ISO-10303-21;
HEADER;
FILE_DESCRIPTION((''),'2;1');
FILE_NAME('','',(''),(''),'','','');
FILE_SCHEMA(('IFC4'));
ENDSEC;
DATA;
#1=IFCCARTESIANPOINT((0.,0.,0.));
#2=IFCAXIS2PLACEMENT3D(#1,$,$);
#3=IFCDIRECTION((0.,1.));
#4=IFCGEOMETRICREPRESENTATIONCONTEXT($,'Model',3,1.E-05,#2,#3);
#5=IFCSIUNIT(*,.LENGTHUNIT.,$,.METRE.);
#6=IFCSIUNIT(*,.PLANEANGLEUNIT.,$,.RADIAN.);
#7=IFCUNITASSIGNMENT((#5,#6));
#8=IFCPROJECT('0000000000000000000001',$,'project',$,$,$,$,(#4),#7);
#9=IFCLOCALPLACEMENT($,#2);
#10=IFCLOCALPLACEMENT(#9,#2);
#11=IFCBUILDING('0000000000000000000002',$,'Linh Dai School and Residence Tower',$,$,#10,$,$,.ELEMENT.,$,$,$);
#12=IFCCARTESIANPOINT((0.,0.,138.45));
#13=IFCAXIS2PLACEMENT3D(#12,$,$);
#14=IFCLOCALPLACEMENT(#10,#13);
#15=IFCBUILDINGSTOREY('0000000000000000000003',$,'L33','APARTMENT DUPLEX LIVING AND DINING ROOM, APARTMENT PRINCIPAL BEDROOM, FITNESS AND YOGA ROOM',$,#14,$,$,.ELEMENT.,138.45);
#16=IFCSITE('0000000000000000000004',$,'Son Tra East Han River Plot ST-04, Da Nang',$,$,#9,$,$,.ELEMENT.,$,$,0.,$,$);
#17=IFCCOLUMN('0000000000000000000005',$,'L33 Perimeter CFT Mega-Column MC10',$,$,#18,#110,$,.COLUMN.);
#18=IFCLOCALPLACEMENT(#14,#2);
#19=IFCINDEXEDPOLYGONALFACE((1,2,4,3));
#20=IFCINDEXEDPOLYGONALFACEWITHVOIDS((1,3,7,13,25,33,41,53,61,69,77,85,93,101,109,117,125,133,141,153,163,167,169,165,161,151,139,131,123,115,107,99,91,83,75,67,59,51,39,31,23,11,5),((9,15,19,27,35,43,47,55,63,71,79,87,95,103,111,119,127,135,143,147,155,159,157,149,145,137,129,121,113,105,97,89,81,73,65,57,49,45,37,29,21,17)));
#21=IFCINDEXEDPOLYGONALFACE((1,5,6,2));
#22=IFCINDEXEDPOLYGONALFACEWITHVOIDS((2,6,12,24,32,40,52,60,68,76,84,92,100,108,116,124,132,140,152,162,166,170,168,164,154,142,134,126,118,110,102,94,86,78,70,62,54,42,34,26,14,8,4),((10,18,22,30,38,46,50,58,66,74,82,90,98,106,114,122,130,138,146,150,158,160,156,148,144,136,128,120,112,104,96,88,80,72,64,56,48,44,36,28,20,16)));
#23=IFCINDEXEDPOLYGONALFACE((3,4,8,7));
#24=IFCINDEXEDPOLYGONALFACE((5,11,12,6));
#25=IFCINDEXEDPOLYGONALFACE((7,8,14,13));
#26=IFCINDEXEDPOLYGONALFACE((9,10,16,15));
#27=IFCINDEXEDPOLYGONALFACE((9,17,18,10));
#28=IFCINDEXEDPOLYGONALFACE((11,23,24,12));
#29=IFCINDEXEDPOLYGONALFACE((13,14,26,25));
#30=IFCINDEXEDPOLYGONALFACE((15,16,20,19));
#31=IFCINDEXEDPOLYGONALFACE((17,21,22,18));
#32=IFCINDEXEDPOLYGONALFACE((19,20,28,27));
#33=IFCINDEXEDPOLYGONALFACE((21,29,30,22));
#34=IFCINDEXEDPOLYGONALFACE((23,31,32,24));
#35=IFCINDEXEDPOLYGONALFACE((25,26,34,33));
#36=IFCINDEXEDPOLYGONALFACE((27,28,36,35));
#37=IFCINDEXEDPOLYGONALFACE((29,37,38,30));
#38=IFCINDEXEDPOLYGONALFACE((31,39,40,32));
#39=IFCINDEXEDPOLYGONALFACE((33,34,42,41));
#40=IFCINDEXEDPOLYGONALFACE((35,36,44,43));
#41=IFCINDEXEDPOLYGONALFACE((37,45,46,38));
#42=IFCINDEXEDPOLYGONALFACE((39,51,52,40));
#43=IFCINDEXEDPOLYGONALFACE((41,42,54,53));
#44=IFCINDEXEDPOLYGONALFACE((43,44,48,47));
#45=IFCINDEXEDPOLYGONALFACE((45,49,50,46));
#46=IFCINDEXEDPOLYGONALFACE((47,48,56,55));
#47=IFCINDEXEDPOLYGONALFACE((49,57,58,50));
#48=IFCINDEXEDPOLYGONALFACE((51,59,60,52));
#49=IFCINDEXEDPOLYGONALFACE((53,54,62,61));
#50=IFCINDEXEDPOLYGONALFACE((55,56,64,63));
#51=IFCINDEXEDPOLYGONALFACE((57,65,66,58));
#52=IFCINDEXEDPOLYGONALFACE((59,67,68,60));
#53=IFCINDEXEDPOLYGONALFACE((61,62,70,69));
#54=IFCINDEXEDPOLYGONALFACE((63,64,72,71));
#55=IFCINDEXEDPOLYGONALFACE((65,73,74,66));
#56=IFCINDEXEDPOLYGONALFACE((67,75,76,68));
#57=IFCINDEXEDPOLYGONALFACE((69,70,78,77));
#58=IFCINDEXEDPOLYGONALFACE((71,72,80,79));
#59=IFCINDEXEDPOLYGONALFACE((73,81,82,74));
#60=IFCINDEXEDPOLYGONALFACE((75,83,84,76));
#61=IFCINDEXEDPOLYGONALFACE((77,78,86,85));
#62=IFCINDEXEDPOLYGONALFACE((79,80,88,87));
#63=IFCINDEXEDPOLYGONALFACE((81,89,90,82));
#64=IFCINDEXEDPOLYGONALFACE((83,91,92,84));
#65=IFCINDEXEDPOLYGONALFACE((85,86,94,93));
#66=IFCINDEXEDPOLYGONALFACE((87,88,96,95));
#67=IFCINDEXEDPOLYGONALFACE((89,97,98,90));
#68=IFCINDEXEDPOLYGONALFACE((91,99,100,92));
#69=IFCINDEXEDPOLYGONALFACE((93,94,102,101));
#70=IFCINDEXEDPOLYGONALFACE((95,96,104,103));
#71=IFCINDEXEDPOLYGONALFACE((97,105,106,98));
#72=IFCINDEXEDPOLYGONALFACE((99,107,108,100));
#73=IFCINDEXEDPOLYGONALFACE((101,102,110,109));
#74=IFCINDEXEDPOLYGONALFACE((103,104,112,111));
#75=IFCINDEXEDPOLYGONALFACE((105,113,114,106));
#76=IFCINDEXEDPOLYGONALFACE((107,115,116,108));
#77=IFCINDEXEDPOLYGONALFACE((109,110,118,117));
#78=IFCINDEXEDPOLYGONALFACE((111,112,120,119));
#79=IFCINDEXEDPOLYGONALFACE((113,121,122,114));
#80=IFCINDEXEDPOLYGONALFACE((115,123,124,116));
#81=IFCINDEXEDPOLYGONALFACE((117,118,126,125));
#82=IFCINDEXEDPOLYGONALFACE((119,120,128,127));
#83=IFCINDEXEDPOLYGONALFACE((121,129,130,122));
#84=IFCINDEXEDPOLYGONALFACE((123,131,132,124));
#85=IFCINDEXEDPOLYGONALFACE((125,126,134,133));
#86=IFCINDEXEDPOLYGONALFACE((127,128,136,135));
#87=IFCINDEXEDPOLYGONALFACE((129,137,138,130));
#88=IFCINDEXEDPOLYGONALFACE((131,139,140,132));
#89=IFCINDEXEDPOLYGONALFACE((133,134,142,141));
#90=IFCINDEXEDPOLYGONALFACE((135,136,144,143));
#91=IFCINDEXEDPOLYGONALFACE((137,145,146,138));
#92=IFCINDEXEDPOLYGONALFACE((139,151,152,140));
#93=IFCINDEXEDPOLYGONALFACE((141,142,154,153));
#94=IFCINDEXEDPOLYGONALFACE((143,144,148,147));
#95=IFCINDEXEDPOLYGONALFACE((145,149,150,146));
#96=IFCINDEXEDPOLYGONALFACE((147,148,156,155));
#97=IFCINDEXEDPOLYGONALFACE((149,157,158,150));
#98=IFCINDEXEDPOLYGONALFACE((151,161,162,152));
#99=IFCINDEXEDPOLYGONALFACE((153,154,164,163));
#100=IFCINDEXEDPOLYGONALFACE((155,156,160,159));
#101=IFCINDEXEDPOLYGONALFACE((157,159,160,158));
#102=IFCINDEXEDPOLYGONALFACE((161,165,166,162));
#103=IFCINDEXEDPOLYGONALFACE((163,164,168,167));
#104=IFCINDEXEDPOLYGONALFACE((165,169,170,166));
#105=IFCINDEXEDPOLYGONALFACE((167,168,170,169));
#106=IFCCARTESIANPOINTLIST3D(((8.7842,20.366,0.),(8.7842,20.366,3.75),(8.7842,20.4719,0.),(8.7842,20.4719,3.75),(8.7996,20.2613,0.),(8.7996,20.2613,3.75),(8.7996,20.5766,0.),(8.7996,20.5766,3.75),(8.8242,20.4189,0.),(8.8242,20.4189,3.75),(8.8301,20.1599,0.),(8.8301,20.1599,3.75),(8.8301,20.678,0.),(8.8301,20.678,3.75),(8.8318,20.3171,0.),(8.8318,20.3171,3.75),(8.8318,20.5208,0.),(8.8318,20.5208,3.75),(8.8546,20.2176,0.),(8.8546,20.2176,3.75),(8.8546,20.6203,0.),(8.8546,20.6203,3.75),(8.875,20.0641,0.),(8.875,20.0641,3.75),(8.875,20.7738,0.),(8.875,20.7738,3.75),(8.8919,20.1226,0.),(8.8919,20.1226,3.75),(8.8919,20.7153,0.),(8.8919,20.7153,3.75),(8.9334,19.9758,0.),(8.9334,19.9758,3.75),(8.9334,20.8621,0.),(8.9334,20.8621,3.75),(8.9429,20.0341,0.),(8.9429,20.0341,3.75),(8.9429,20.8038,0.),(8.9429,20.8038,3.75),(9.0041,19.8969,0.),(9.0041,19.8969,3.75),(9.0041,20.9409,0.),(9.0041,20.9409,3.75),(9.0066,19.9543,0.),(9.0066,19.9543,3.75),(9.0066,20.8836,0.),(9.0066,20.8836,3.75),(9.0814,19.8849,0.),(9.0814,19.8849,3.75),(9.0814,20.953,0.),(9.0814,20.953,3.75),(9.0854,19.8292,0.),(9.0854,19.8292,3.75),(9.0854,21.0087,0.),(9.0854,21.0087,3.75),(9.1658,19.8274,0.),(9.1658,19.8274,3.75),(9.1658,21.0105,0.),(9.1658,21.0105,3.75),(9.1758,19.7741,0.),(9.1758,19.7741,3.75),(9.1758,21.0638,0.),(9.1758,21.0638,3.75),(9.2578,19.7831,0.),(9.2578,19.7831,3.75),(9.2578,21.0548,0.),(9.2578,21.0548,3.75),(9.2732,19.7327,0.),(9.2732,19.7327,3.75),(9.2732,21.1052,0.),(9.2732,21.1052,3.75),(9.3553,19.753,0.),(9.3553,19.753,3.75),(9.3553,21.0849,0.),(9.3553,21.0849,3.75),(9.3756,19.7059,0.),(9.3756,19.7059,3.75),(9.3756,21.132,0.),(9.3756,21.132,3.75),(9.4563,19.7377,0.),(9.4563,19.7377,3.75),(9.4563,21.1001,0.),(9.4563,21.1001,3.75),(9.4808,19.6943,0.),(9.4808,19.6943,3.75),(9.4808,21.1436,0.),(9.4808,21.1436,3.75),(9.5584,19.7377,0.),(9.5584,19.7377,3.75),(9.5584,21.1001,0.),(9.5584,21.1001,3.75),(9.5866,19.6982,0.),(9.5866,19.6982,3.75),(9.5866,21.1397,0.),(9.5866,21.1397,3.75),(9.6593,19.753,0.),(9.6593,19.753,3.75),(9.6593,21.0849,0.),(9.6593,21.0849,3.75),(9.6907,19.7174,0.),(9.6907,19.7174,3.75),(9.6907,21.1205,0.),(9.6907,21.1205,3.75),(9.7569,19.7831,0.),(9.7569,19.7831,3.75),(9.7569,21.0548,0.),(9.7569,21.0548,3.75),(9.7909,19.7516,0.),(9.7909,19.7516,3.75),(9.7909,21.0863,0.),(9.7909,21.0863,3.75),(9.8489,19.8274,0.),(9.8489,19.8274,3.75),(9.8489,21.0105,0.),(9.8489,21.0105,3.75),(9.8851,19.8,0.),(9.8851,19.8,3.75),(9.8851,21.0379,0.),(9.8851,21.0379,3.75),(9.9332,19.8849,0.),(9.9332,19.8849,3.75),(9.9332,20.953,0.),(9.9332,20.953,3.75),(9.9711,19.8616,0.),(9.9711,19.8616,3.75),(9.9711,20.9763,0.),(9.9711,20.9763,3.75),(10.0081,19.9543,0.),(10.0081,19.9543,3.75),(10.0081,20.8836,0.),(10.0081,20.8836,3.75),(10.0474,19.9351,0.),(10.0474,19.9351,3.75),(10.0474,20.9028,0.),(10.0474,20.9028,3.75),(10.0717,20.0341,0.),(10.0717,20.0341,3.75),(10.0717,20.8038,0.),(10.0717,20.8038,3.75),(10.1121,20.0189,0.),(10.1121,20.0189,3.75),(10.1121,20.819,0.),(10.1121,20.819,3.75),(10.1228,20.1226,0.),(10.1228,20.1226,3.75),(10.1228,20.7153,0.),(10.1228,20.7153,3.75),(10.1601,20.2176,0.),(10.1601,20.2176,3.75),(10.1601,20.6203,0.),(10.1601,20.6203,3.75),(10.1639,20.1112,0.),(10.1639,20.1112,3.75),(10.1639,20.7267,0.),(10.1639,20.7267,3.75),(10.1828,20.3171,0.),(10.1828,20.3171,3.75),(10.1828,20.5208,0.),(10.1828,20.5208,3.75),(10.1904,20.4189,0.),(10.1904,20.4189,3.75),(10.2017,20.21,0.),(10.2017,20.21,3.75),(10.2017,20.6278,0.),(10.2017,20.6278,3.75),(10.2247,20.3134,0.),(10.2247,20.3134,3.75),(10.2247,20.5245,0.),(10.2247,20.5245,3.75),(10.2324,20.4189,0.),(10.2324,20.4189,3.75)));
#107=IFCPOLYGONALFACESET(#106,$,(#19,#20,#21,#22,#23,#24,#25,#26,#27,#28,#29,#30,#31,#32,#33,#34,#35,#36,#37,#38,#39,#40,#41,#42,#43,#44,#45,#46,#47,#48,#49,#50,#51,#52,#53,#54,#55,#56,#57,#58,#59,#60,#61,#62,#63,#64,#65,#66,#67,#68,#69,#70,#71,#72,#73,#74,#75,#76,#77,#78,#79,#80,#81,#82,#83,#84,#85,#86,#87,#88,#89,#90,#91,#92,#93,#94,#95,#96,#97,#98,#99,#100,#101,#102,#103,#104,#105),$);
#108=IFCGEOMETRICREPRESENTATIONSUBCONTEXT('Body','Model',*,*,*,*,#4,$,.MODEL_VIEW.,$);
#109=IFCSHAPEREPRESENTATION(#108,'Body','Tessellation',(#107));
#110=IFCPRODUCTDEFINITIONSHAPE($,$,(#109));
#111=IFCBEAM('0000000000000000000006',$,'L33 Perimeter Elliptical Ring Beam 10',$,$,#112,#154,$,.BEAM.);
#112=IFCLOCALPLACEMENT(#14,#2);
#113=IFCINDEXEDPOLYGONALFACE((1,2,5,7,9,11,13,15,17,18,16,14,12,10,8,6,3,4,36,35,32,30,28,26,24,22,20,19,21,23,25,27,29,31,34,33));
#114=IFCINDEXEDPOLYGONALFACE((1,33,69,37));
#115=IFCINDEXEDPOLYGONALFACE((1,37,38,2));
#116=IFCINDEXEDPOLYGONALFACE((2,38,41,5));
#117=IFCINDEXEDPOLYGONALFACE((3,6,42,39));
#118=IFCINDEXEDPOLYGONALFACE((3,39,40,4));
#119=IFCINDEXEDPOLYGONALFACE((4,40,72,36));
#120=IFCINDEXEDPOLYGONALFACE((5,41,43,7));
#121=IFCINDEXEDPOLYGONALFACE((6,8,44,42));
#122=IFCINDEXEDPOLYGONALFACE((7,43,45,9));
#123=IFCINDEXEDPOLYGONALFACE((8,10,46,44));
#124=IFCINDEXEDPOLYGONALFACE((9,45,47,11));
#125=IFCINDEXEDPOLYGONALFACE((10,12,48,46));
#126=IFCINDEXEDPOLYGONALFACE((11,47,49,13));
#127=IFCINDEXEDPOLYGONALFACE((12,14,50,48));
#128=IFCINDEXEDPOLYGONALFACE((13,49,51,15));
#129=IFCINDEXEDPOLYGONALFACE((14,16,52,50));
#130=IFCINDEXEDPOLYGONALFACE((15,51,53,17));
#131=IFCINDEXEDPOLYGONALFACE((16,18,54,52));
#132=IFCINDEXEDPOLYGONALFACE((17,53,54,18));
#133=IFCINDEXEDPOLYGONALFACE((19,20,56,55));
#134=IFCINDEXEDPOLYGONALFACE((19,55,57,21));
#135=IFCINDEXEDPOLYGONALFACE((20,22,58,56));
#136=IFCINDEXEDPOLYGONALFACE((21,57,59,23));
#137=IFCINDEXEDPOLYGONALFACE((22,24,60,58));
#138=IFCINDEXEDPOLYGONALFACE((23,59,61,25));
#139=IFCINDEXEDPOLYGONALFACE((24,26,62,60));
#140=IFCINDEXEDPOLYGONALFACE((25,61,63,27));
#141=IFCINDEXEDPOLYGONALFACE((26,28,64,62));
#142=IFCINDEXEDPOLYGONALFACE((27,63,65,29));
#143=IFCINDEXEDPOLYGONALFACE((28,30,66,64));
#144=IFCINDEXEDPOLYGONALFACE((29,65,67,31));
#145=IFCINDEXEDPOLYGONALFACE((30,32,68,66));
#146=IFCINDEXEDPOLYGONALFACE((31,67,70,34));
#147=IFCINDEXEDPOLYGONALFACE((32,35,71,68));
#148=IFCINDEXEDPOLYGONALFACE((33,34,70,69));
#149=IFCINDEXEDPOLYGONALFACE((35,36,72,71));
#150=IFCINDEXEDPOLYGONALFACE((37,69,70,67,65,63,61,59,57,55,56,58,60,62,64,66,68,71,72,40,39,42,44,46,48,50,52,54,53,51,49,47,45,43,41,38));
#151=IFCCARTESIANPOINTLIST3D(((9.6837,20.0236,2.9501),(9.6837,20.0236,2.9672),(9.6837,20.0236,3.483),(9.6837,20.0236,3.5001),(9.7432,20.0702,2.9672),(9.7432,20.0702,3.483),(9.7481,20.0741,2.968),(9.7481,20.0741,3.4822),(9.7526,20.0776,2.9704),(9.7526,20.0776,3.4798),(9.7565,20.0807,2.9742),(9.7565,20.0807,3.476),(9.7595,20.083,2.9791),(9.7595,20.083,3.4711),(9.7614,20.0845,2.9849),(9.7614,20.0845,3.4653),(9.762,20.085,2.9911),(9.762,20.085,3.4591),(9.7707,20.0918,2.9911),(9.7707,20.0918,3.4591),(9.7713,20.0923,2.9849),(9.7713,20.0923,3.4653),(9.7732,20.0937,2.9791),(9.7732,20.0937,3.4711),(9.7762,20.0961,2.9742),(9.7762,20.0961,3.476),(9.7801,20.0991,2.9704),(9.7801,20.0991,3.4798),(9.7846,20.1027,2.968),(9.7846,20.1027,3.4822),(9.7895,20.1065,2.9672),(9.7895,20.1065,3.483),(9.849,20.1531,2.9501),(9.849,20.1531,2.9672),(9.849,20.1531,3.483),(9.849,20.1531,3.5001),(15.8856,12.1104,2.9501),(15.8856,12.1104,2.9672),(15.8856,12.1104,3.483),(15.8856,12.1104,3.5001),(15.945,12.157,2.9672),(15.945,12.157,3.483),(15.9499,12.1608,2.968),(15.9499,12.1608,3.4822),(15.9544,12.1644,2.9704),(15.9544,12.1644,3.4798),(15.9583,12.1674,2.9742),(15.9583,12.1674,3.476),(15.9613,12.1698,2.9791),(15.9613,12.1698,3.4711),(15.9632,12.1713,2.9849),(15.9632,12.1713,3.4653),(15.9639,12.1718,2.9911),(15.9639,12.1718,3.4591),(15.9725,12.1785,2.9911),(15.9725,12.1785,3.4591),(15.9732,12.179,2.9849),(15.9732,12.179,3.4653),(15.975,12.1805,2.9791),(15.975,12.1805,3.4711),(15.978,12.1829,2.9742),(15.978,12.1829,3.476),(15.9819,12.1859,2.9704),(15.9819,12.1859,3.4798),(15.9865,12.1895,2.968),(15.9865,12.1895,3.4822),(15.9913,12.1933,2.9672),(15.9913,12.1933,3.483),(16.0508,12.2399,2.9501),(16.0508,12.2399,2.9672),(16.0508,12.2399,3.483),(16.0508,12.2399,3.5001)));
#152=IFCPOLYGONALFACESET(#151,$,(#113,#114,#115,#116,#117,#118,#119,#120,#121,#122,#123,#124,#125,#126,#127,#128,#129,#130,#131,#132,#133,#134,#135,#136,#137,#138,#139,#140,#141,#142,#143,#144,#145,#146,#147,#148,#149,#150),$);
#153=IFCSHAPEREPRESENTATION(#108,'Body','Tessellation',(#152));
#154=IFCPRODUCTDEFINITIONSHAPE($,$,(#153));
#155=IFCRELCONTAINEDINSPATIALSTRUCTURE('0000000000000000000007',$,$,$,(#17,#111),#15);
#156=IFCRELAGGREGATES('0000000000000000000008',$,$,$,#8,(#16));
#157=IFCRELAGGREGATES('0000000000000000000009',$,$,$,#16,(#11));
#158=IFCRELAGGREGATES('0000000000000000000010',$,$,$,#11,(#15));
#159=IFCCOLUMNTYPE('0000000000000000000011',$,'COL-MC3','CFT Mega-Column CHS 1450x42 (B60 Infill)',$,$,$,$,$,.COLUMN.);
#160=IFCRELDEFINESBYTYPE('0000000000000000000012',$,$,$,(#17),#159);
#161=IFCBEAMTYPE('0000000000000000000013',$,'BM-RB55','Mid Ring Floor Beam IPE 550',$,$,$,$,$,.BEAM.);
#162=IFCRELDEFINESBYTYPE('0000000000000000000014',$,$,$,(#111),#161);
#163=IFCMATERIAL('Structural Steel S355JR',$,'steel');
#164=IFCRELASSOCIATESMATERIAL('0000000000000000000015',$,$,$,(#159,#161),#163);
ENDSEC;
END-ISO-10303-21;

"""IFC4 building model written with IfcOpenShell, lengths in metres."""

from ifc_helpers import new_model, si_unit, direction, frame, origin, origin_2d, place, context, subcontext, project, spatial, hollow_circle, i_section, extrude, material, material_profile, profile_set, type_object, element, save


model = new_model("IFC4")

# Units and contexts
model_context = context("Model", 3, precision=1e-05, world=origin(), true_north=direction((0.0, 1.0)))
body_context = subcontext(model_context, "Body", "Model", "MODEL_VIEW")
ifc_project = project(units=[si_unit("LENGTHUNIT", "METRE"), si_unit("PLANEANGLEUNIT", "RADIAN")], contexts=[model_context])

# Site, building, storey
site_placement = place(None, origin())
site = spatial("IfcSite", under=ifc_project, at=site_placement, Name="Son Tra East Han River Plot ST-04, Da Nang", CompositionType="ELEMENT", RefElevation=0.0)
building_placement = place(site_placement, origin())
building = spatial("IfcBuilding", under=site, at=building_placement, Name="Linh Dai School and Residence Tower", CompositionType="ELEMENT")
storey_placement = place(building_placement, frame((0.0, 0.0, 138.45)))
storey = spatial("IfcBuildingStorey", under=building, at=storey_placement, Name="L33", Description="APARTMENT DUPLEX LIVING AND DINING ROOM, APARTMENT PRINCIPAL BEDROOM, FITNESS AND YOGA ROOM", CompositionType="ELEMENT", Elevation=138.45)

# Column
ifc_material_1 = material(Name="Structural Steel S355JR", Category="steel")
ifc_material_profile_1 = material_profile(ifc_material_1, hollow_circle(Radius=0.7251, WallThickness=0.042, at=origin_2d()), Name="CHS 1450x42")
ifc_profile_set_1 = profile_set([ifc_material_profile_1], Name="Structural Steel S355JR")
column_type = type_object("IfcColumnType", Name="COL-MC3", Description="CFT Mega-Column CHS 1450x42 (B60 Infill)", PredefinedType="COLUMN", material=ifc_profile_set_1)
column_placement = place(storey_placement, frame((9.5073, 20.4189, 0.0), z_axis=(0.0, 0.0, 1.0), x_axis=(1.0, 0.0, 0.0)))
element("IfcColumn", 1, at=column_placement, inside=storey, type_object=column_type, Name="L33 Perimeter CFT Mega-Column MC10", PredefinedType="COLUMN", context=body_context, shape_type="SweptSolid", body=[
    extrude(hollow_circle(Radius=0.7251, WallThickness=0.042, at=origin_2d()), origin(), (0.0, 0.0, 1.0), 3.75),
])

# Beam
ifc_material_profile_2 = material_profile(ifc_material_1, i_section(OverallWidth=0.21, OverallDepth=0.55, WebThickness=0.011, FlangeThickness=0.0171, FilletRadius=0.0239, at=origin_2d()), Name="IPE 550")
ifc_profile_set_2 = profile_set([ifc_material_profile_2], Name="Structural Steel S355JR")
beam_type = type_object("IfcBeamType", Name="BM-RB55", Description="Mid Ring Floor Beam IPE 550", PredefinedType="BEAM", material=ifc_profile_set_2)
beam_placement = place(storey_placement, frame((9.7664, 20.0884, 3.2251), z_axis=(0.616855, -0.787077, 0.0), x_axis=(0.787077, 0.616855, 0.0)))
element("IfcBeam", 2, at=beam_placement, inside=storey, type_object=beam_type, Name="L33 Perimeter Elliptical Ring Beam 10", PredefinedType="BEAM", context=body_context, shape_type="SweptSolid", body=[
    extrude(i_section(OverallWidth=0.21, OverallDepth=0.55, WebThickness=0.011, FlangeThickness=0.0171, FilletRadius=0.0239, at=origin_2d()), origin(), (0.0, 0.0, 1.0), 10.054),
])

save(model, "model.ifc")
